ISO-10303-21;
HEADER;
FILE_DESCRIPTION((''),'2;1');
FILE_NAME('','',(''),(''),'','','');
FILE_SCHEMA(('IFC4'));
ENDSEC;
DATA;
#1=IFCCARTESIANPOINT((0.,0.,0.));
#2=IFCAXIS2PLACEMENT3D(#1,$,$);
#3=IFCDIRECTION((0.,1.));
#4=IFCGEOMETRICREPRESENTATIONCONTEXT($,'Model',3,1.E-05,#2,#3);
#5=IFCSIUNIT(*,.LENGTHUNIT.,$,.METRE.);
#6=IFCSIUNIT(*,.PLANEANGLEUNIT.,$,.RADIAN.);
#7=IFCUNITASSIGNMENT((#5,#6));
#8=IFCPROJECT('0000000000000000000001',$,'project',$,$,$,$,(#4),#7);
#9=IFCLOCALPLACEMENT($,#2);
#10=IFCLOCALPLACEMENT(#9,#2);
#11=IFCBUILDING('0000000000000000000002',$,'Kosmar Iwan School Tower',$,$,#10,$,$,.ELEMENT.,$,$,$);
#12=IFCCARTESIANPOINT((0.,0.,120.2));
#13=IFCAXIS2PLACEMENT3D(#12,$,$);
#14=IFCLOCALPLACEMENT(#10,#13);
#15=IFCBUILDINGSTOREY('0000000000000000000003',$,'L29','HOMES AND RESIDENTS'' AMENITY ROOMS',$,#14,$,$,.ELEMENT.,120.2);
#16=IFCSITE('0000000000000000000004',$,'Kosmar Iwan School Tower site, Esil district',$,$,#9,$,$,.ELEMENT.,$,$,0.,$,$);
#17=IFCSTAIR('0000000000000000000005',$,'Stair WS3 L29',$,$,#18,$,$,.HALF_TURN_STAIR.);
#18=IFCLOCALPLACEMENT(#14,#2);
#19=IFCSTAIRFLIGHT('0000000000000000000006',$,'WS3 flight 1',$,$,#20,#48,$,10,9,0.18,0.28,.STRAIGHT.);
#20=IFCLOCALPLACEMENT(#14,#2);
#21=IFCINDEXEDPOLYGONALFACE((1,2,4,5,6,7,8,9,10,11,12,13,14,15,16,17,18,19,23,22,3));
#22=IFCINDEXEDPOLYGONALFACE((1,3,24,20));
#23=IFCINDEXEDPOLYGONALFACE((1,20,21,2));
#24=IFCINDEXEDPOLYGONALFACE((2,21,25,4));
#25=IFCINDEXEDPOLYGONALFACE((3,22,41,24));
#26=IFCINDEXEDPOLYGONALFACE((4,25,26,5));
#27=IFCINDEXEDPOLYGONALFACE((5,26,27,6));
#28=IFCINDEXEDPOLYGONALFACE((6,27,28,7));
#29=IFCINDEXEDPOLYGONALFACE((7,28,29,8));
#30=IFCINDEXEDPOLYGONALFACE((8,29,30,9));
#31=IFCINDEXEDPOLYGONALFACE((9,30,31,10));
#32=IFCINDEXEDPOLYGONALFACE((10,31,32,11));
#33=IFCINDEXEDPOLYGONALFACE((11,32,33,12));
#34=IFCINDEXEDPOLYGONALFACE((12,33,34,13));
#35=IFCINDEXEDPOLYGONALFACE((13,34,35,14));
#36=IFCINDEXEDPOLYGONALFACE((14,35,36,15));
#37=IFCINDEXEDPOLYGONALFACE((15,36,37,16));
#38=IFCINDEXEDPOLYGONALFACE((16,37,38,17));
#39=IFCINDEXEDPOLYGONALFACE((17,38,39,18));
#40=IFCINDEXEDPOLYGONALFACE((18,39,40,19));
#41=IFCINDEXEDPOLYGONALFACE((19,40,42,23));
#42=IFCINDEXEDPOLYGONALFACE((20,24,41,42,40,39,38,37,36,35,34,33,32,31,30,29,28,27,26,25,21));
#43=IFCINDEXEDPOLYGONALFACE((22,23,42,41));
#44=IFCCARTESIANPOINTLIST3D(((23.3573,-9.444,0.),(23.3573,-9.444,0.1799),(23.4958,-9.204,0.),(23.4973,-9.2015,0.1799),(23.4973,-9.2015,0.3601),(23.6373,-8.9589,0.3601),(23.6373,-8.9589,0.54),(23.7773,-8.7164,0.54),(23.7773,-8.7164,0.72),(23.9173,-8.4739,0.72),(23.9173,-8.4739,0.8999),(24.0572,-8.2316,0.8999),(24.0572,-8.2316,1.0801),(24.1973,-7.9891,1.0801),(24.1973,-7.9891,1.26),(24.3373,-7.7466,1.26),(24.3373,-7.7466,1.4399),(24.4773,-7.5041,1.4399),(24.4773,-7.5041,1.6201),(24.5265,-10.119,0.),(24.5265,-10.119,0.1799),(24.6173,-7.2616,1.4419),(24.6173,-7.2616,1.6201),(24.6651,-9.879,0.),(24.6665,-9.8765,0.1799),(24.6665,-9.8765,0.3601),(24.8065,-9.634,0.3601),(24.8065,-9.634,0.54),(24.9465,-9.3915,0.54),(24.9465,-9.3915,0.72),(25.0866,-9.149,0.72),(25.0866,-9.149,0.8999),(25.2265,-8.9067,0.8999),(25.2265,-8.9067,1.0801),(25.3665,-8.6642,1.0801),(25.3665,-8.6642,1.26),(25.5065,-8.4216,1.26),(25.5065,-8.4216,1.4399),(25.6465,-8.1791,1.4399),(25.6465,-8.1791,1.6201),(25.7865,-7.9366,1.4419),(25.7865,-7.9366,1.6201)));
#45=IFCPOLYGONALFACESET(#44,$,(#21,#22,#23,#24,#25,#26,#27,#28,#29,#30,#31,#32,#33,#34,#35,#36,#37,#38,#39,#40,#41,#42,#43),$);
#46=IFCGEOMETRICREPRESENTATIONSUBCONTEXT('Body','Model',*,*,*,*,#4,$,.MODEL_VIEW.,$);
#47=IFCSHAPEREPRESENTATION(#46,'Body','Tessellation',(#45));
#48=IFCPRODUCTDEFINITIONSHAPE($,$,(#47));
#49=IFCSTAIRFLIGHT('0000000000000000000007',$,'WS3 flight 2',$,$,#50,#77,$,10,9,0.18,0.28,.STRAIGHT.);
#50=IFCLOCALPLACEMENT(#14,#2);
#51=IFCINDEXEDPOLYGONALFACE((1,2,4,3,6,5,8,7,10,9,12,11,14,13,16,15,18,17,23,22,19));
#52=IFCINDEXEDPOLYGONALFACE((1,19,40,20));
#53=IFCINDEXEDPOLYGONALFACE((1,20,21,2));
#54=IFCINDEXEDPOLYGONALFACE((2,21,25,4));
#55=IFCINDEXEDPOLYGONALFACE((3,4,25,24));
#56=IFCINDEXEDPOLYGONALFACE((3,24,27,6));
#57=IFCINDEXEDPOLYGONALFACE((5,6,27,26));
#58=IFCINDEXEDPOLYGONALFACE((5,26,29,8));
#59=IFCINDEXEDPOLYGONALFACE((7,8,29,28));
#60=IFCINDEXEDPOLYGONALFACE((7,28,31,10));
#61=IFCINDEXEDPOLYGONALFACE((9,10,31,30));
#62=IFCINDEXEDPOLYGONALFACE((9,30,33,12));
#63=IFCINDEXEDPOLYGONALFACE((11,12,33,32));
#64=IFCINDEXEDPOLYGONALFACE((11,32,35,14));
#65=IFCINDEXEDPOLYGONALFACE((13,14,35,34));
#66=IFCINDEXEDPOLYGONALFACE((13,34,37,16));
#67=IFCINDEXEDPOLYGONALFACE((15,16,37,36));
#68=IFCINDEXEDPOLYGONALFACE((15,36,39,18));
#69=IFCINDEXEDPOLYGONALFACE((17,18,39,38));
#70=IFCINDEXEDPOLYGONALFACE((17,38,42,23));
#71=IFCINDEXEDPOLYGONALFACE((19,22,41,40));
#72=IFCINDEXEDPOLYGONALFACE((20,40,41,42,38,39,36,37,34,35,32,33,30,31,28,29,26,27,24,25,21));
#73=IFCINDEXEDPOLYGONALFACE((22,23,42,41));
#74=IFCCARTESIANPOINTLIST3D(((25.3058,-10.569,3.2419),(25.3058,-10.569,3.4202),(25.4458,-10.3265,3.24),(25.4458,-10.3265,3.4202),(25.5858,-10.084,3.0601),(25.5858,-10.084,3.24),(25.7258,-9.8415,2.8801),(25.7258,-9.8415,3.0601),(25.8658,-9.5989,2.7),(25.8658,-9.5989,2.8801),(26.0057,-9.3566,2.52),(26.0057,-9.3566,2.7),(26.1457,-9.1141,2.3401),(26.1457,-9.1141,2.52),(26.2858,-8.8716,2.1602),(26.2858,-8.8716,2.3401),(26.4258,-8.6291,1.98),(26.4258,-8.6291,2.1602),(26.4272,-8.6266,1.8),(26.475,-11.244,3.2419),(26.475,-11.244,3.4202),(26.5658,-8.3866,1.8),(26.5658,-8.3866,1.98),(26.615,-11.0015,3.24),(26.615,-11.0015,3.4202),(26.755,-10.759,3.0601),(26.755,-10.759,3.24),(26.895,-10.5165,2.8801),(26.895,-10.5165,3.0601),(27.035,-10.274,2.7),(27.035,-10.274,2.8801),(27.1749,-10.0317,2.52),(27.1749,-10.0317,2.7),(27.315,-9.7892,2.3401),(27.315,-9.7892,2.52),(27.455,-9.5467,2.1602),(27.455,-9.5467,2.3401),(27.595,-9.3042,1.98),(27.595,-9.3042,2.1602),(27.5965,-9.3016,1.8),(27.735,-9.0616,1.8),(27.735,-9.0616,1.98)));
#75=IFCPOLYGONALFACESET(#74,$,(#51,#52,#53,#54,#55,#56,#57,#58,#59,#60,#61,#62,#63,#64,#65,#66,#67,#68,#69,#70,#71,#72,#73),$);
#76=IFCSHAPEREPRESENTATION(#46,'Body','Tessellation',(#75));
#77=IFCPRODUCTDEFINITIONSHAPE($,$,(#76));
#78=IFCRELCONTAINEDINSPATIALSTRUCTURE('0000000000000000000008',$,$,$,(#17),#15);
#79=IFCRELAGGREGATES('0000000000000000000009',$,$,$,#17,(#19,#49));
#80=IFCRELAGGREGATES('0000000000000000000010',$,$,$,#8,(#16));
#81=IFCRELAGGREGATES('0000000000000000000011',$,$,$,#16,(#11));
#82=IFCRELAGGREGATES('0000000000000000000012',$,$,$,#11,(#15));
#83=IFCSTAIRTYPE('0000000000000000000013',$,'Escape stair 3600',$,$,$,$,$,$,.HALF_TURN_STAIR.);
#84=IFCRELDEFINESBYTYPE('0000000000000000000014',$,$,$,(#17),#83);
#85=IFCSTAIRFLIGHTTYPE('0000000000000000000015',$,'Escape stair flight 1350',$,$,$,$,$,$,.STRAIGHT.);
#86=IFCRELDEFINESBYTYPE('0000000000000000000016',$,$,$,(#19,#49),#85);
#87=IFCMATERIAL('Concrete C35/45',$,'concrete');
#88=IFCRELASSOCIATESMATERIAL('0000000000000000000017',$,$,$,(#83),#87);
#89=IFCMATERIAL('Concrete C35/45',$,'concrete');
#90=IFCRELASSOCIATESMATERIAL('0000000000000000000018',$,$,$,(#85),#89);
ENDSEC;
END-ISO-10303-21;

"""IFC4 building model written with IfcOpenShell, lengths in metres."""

from ifc_helpers import new_model, si_unit, direction, frame, origin, place, context, subcontext, project, spatial, polyline, outline, extrude, material, type_object, element, aggregate, save


model = new_model("IFC4")

# Units and contexts
model_context = context("Model", 3, precision=1e-05, world=origin(), true_north=direction((0.0, 1.0)))
body_context = subcontext(model_context, "Body", "Model", "MODEL_VIEW")
ifc_project = project(units=[si_unit("LENGTHUNIT", "METRE"), si_unit("PLANEANGLEUNIT", "RADIAN")], contexts=[model_context])

# Site, building, storey
site_placement = place(None, origin())
site = spatial("IfcSite", under=ifc_project, at=site_placement, Name="Kosmar Iwan School Tower site, Esil district", CompositionType="ELEMENT", RefElevation=0.0)
building_placement = place(site_placement, origin())
building = spatial("IfcBuilding", under=site, at=building_placement, Name="Kosmar Iwan School Tower", CompositionType="ELEMENT")
storey_placement = place(building_placement, frame((0.0, 0.0, 120.2)))
storey = spatial("IfcBuildingStorey", under=building, at=storey_placement, Name="L29", Description="HOMES AND RESIDENTS' AMENITY ROOMS", CompositionType="ELEMENT", Elevation=120.2)

# Stair, stair flights
ifc_material_1 = material(Name="Concrete C35/45", Category="concrete")
stair_type = type_object("IfcStairType", Name="Escape stair 3600", PredefinedType="HALF_TURN_STAIR", material=ifc_material_1)
stair_placement = place(storey_placement, origin())
stair = element("IfcStair", 1, at=stair_placement, inside=storey, type_object=stair_type, Name="Stair WS3 L29", PredefinedType="HALF_TURN_STAIR")
ifc_material_2 = material(Name="Concrete C35/45", Category="concrete")
stair_flight_type = type_object("IfcStairFlightType", Name="Escape stair flight 1350", PredefinedType="STRAIGHT", material=ifc_material_2)
stair_flight_1_placement = place(storey_placement, frame((23.9419, -9.7815, 0.0), z_axis=(0.0, 0.0, 1.0), x_axis=(0.5, 0.866025, 0.0)))
stair_flight_1 = element("IfcStairFlight", 2, at=stair_flight_1_placement, type_object=stair_flight_type, Name="WS3 flight 1", NumberOfRisers=10, NumberOfTreads=9, PredefinedType="STRAIGHT", RiserHeight=0.18, TreadLength=0.28, context=body_context, shape_type="SweptSolid", body=[
    extrude(outline(polyline([(0.0, 0.0), (0.0, 0.1799), (0.28, 0.1799), (0.28, 0.3601), (0.5601, 0.3601), (0.5601, 0.54), (0.8401, 0.54), (0.8401, 0.72), (1.1201, 0.72), (1.1201, 0.8999), (1.3999, 0.8999), (1.3999, 1.0801), (1.6799, 1.0801), (1.6799, 1.26), (1.96, 1.26), (1.96, 1.4399), (2.24, 1.4399), (2.24, 1.6201), (2.52, 1.6201), (2.52, 1.8), (2.52, 1.4419), (0.2771, 0.0), (0.0, 0.0)])), frame((0.0, 0.675, 0.0), z_axis=(0.0, -1.0, 0.0), x_axis=(1.0, 0.0, 0.0)), (0.0, 0.0, 1.0), 1.3501),
])
stair_flight_2_placement = place(storey_placement, frame((27.1504, -8.7241, 1.8), z_axis=(0.0, 0.0, 1.0), x_axis=(-0.5, -0.866025, 0.0)))
stair_flight_2 = element("IfcStairFlight", 3, at=stair_flight_2_placement, type_object=stair_flight_type, Name="WS3 flight 2", NumberOfRisers=10, NumberOfTreads=9, PredefinedType="STRAIGHT", RiserHeight=0.18, TreadLength=0.28, context=body_context, shape_type="SweptSolid", body=[
    extrude(outline(polyline([(0.0, 0.0), (0.0, 0.1799), (0.28, 0.1799), (0.28, 0.3601), (0.5601, 0.3601), (0.5601, 0.54), (0.8401, 0.54), (0.8401, 0.72), (1.1201, 0.72), (1.1201, 0.8999), (1.3999, 0.8999), (1.3999, 1.0801), (1.6799, 1.0801), (1.6799, 1.26), (1.96, 1.26), (1.96, 1.4399), (2.24, 1.4399), (2.24, 1.6201), (2.52, 1.6201), (2.52, 1.8), (2.52, 1.4419), (0.2771, 0.0), (0.0, 0.0)])), frame((0.0, 0.675, 0.0), z_axis=(0.0, -1.0, 0.0), x_axis=(1.0, 0.0, 0.0)), (0.0, 0.0, 1.0), 1.3501),
])
aggregate(stair, [stair_flight_1, stair_flight_2])

save(model, "model.ifc")
